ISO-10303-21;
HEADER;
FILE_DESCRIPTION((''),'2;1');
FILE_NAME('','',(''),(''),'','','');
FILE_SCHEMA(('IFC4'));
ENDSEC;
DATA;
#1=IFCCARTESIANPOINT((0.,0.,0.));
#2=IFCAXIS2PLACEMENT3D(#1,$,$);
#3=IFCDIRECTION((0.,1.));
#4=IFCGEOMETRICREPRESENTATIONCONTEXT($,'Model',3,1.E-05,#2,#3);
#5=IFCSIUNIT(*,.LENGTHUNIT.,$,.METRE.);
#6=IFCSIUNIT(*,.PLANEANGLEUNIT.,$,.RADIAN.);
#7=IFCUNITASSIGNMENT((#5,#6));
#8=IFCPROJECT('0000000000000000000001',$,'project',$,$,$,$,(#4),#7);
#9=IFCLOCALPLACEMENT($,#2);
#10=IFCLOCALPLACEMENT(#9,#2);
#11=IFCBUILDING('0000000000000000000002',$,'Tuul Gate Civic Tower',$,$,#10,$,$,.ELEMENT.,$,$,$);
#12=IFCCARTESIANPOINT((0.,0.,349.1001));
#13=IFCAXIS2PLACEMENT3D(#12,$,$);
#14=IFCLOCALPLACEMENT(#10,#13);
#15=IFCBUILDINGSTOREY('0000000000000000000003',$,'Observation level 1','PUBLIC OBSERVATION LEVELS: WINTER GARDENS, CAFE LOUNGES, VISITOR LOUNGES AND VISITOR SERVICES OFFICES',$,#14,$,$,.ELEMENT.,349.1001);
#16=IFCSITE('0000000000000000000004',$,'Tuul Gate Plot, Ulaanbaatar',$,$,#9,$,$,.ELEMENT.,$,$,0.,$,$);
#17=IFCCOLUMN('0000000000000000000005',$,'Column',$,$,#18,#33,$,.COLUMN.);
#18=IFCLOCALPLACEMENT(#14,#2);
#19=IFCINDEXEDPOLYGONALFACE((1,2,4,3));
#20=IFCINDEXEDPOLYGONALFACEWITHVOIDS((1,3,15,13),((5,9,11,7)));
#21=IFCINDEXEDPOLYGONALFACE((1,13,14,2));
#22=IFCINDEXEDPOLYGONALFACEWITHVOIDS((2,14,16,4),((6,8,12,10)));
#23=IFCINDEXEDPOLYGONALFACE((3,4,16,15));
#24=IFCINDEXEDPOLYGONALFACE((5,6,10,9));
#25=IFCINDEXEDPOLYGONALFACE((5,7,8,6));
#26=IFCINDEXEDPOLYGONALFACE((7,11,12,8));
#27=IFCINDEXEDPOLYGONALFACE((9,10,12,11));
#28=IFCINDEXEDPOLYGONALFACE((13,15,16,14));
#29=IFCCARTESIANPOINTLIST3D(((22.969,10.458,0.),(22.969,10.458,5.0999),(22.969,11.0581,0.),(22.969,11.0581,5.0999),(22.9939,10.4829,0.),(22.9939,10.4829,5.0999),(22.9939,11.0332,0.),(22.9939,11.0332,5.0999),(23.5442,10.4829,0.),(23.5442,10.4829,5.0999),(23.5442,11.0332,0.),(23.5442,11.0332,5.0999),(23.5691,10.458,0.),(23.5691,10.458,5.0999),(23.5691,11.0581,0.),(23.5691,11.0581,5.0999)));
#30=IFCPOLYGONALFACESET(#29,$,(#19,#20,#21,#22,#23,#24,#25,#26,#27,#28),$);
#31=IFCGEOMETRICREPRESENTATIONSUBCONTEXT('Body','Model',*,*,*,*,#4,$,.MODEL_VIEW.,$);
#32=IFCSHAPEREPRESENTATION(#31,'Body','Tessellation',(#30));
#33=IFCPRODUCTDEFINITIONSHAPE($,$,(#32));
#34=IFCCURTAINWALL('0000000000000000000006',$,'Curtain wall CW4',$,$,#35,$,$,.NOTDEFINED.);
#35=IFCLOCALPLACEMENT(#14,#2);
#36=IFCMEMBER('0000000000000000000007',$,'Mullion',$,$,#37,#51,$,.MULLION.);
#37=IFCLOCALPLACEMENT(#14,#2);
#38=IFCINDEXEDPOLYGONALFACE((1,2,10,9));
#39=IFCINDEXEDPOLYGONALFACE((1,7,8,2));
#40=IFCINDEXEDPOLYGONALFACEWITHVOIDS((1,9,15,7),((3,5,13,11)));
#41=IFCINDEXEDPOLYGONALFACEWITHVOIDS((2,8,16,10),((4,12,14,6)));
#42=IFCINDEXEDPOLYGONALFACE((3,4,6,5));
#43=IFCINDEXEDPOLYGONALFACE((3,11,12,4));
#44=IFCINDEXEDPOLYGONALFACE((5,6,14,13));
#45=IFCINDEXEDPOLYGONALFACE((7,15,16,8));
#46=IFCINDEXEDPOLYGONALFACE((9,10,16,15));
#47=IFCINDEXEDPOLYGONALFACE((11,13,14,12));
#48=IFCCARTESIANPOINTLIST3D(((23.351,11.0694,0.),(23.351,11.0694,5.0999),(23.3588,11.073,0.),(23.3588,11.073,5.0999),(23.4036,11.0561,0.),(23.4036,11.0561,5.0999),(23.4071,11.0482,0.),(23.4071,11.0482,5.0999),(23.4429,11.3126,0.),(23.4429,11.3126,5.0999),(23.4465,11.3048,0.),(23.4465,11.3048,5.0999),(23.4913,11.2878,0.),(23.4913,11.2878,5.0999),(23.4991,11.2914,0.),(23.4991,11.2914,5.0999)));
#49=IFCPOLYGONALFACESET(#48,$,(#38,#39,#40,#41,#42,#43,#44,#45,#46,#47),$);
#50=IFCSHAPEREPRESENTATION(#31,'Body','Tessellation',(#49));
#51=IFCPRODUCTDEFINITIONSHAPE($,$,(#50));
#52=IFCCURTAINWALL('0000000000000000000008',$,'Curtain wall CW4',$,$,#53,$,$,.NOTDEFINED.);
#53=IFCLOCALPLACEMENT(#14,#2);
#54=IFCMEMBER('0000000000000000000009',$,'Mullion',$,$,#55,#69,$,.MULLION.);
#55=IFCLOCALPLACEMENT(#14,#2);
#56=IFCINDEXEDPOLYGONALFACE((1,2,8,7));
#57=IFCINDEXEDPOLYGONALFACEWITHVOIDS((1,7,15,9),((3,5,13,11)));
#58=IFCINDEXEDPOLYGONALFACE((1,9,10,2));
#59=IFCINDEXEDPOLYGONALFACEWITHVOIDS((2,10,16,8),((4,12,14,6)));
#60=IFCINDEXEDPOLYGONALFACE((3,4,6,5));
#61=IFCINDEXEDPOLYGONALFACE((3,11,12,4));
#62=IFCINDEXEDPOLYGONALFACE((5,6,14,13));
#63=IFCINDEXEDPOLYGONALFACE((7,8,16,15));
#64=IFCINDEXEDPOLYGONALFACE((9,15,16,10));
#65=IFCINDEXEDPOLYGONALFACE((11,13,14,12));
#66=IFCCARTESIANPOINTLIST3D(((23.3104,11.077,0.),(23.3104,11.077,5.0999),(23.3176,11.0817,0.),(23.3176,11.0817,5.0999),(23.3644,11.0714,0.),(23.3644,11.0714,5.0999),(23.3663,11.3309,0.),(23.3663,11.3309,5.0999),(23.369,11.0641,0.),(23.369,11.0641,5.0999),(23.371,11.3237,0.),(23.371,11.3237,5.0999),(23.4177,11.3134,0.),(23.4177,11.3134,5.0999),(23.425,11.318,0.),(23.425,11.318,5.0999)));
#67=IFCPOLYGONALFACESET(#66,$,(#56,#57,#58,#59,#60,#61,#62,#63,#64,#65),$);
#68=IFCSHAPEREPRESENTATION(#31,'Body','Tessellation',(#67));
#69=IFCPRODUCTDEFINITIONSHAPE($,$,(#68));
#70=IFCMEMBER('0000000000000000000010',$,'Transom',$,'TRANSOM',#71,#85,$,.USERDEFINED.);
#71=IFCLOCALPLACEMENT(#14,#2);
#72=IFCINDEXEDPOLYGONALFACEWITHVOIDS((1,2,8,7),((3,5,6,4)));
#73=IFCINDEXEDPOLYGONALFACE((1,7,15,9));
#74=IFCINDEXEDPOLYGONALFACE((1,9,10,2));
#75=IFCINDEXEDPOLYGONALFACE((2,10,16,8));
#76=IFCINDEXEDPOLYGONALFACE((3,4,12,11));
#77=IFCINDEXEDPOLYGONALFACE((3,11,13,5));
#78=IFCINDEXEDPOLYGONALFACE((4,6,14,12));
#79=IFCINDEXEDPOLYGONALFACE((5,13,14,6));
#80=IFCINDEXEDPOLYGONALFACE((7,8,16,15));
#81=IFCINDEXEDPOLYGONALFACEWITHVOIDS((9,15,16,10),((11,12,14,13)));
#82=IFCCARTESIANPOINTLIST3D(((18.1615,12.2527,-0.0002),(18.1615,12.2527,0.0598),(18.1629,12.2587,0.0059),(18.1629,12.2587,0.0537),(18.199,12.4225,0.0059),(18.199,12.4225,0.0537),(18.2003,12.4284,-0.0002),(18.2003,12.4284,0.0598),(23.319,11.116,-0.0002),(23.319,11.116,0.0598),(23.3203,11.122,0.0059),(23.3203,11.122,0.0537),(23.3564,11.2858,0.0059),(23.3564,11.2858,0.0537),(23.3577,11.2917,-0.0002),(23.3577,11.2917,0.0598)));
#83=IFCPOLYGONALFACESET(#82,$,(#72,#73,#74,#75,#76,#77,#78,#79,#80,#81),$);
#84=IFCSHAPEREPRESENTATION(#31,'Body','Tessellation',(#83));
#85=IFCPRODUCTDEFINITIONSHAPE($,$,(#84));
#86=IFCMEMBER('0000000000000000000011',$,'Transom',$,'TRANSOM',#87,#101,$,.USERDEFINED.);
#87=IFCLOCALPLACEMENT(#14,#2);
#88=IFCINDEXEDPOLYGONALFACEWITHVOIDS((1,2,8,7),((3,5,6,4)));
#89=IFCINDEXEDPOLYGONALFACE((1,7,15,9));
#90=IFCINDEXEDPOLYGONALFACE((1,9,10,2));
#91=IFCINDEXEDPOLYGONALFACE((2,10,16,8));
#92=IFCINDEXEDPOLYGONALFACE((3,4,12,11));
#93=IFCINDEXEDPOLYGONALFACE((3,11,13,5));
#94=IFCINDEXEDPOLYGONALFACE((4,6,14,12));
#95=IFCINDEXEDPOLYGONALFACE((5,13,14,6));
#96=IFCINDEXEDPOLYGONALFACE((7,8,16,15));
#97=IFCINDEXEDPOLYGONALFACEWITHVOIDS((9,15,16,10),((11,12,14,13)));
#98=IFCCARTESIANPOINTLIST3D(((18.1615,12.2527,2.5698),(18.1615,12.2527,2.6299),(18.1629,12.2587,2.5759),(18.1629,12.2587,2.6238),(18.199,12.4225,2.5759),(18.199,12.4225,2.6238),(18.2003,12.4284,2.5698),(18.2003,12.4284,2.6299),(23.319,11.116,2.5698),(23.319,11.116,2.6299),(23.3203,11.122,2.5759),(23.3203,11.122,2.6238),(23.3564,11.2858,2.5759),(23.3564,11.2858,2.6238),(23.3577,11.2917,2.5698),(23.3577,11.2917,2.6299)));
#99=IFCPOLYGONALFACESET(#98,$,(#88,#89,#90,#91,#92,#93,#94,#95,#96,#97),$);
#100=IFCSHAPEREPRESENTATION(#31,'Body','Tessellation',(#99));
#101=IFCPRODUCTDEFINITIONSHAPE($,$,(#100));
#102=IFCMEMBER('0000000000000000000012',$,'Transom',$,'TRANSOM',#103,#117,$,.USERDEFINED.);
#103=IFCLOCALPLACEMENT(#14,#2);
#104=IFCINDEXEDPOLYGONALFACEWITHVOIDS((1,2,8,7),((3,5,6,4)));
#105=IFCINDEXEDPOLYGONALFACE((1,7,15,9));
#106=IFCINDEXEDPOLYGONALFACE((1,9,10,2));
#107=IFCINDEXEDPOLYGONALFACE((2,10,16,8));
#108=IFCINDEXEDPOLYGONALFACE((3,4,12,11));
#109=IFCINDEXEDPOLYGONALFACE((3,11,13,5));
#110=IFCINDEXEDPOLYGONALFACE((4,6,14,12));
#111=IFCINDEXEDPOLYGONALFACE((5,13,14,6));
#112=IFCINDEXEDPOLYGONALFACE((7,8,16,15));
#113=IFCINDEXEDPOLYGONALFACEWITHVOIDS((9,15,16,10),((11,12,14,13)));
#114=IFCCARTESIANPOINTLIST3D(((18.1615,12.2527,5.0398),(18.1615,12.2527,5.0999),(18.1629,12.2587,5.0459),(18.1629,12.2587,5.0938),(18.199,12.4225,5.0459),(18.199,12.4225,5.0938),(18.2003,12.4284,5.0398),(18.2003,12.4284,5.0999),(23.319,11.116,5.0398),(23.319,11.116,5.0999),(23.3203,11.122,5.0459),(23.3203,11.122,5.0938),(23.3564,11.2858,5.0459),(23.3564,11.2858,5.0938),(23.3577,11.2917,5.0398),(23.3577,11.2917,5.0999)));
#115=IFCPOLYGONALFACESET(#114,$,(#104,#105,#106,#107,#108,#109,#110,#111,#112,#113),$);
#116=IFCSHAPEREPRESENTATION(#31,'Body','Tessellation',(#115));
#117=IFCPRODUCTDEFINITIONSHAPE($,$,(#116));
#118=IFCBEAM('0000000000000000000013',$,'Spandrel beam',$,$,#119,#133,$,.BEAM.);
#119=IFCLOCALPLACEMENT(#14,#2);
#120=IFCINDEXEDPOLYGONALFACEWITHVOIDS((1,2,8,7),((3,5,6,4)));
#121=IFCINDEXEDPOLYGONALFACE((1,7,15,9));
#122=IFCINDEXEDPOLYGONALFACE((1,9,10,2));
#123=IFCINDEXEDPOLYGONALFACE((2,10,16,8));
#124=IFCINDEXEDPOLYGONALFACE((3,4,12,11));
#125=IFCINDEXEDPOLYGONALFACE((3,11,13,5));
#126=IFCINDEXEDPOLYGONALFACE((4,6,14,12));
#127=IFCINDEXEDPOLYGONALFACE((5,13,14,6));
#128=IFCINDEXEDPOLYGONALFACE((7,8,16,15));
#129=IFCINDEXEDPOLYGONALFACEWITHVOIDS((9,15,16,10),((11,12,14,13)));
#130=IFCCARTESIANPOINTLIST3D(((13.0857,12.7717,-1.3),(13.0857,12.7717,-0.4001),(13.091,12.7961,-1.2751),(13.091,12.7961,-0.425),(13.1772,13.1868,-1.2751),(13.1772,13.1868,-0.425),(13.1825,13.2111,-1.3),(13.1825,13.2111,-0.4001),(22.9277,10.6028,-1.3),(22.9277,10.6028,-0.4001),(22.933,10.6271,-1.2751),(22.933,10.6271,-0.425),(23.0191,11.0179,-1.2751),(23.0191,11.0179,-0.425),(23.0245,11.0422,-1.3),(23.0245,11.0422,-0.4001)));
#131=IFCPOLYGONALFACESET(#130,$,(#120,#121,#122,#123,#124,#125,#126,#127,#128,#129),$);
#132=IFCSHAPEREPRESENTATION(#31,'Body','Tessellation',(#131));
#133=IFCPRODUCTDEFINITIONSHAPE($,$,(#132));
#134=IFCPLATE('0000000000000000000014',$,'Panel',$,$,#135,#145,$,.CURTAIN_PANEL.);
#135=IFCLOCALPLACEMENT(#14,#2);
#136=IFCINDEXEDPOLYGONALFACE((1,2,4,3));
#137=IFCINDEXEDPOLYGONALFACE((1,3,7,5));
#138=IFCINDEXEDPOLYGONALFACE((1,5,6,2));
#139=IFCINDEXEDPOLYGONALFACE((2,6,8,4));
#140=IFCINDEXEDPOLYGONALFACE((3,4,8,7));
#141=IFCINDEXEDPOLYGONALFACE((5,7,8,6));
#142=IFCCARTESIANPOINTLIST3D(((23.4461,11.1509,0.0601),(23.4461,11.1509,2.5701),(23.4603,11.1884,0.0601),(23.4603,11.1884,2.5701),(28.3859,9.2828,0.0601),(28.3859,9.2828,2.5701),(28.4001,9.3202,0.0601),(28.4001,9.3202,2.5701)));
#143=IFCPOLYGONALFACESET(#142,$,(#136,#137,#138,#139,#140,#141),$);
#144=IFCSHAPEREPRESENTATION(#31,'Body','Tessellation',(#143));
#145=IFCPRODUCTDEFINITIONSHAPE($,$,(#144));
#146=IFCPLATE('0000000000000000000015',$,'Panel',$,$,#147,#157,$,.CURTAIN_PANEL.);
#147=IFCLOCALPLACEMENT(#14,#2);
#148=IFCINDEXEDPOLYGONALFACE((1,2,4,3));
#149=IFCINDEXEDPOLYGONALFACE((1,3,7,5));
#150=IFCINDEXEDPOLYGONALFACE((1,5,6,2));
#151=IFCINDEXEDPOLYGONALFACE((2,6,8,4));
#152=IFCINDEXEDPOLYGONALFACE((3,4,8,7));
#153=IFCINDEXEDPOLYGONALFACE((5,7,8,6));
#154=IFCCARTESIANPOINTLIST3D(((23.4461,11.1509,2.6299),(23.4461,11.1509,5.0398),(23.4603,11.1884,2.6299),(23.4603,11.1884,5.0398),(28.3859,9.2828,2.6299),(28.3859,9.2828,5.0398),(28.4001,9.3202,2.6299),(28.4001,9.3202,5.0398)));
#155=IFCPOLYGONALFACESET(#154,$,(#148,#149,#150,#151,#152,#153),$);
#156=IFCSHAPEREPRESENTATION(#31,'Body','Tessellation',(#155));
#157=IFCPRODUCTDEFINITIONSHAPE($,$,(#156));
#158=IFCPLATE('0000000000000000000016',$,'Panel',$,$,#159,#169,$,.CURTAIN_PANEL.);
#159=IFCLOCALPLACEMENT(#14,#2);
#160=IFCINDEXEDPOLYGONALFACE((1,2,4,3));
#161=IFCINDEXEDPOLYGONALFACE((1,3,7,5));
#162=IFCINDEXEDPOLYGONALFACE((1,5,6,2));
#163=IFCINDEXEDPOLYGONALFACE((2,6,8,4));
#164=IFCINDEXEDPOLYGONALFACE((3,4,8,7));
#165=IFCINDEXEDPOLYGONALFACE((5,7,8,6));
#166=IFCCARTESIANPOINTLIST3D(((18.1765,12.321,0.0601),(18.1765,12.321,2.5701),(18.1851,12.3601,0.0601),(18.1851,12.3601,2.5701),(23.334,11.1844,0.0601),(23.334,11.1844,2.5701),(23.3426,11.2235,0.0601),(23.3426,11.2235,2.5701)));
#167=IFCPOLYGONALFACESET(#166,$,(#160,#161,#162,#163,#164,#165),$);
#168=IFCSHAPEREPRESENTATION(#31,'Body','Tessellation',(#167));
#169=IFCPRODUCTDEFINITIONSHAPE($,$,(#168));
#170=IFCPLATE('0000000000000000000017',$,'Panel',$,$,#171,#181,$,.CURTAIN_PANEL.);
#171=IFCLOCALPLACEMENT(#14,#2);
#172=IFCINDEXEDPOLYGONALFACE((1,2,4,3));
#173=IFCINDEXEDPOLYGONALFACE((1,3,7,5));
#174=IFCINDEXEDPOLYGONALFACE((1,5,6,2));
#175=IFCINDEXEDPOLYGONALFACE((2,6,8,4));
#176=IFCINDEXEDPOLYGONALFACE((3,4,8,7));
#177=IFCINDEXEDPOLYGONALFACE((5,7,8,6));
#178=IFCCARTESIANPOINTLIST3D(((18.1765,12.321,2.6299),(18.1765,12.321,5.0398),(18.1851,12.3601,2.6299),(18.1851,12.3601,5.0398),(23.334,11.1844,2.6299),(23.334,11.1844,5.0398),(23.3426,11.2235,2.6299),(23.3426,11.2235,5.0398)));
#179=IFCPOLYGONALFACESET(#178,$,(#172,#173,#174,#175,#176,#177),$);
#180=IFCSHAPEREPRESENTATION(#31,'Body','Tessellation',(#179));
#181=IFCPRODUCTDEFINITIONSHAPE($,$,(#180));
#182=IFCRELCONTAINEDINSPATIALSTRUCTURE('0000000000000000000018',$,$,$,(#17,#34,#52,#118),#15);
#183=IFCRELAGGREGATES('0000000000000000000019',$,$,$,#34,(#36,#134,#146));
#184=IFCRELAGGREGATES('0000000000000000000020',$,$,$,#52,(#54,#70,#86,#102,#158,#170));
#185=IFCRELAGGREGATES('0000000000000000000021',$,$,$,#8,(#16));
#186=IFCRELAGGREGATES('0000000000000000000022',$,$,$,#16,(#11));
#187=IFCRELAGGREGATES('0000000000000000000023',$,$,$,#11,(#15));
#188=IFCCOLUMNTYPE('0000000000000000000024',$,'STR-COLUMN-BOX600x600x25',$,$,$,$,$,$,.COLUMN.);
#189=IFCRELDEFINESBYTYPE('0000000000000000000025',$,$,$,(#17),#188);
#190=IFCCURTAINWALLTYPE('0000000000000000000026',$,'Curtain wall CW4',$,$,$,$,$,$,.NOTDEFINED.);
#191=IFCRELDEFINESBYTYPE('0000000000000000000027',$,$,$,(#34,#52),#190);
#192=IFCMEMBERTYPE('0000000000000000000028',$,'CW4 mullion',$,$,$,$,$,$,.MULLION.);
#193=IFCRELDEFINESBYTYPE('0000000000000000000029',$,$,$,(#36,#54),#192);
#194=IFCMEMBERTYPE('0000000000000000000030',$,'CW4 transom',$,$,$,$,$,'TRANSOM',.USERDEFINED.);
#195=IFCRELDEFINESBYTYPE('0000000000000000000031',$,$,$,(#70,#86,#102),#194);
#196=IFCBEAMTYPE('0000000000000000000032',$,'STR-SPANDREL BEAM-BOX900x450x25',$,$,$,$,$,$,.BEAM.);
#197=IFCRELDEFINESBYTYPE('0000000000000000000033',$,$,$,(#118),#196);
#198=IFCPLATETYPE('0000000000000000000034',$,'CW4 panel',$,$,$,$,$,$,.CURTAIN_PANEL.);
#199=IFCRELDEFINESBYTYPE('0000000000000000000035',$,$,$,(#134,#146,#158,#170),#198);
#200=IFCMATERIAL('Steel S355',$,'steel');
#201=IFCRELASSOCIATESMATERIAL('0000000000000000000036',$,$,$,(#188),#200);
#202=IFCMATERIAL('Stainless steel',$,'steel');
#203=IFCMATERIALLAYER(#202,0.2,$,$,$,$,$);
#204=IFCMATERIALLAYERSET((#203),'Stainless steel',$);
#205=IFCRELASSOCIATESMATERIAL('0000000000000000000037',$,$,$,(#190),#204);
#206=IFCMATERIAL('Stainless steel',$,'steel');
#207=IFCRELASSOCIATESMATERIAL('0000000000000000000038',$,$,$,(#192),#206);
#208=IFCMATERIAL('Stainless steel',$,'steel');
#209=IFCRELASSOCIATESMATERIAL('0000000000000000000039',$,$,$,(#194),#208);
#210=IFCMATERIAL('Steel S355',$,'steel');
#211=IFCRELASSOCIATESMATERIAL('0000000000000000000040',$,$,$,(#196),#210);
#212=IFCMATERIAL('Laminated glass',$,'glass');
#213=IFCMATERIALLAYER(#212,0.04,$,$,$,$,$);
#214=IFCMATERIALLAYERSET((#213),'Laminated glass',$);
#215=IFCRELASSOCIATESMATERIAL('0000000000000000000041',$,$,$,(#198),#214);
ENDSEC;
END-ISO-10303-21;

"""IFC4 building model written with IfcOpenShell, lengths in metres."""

from ifc_helpers import new_model, si_unit, direction, frame, origin, origin_2d, place, context, subcontext, project, spatial, rectangle, hollow_rectangle, extrude, material, layer, layer_set, material_profile, profile_set, type_object, element, aggregate, save


model = new_model("IFC4")

# Units and contexts
model_context = context("Model", 3, precision=1e-05, world=origin(), true_north=direction((0.0, 1.0)))
body_context = subcontext(model_context, "Body", "Model", "MODEL_VIEW")
ifc_project = project(units=[si_unit("LENGTHUNIT", "METRE"), si_unit("PLANEANGLEUNIT", "RADIAN")], contexts=[model_context])

# Site, building, storey
site_placement = place(None, origin())
site = spatial("IfcSite", under=ifc_project, at=site_placement, Name="Tuul Gate Plot, Ulaanbaatar", CompositionType="ELEMENT", RefElevation=0.0)
building_placement = place(site_placement, origin())
building = spatial("IfcBuilding", under=site, at=building_placement, Name="Tuul Gate Civic Tower", CompositionType="ELEMENT")
storey_placement = place(building_placement, frame((0.0, 0.0, 349.1001)))
storey = spatial("IfcBuildingStorey", under=building, at=storey_placement, Name="Observation level 1", Description="PUBLIC OBSERVATION LEVELS: WINTER GARDENS, CAFE LOUNGES, VISITOR LOUNGES AND VISITOR SERVICES OFFICES", CompositionType="ELEMENT", Elevation=349.1001)

# Column
ifc_material_1 = material(Name="Steel S355", Category="steel")
ifc_material_profile_1 = material_profile(ifc_material_1, hollow_rectangle(XDim=0.6001, YDim=0.6001, WallThickness=0.0249, at=origin_2d()), Name="BOX600x600x25")
ifc_profile_set_1 = profile_set([ifc_material_profile_1], Name="Steel S355")
column_type = type_object("IfcColumnType", Name="STR-COLUMN-BOX600x600x25", PredefinedType="COLUMN", material=ifc_profile_set_1)
column_placement = place(storey_placement, frame((23.269, 10.7581, 0.0), z_axis=(0.0, 0.0, 1.0), x_axis=(1.0, 0.0, 0.0)))
element("IfcColumn", 1, at=column_placement, inside=storey, type_object=column_type, Name="Column", PredefinedType="COLUMN", context=body_context, shape_type="SweptSolid", body=[
    extrude(hollow_rectangle(XDim=0.6001, YDim=0.6001, WallThickness=0.0249, at=origin_2d()), origin(), (0.0, 0.0, 1.0), 5.0999),
])

# Curtain wall, member
ifc_material_2 = material(Name="Stainless steel", Category="steel")
ifc_layer_1 = layer(ifc_material_2, 0.2)
ifc_layer_set_1 = layer_set([ifc_layer_1], Name="Stainless steel")
curtain_wall_type = type_object("IfcCurtainWallType", Name="Curtain wall CW4", PredefinedType="NOTDEFINED", material=ifc_layer_set_1)
curtain_wall_1_placement = place(storey_placement, origin())
curtain_wall_1 = element("IfcCurtainWall", 2, at=curtain_wall_1_placement, inside=storey, type_object=curtain_wall_type, Name="Curtain wall CW4", PredefinedType="NOTDEFINED")
ifc_material_3 = material(Name="Stainless steel", Category="steel")
ifc_material_profile_2 = material_profile(ifc_material_3, hollow_rectangle(XDim=0.26, YDim=0.0601, WallThickness=0.0061, at=origin_2d()), Name="CW4 mullion")
ifc_profile_set_2 = profile_set([ifc_material_profile_2], Name="Stainless steel")
member_type_1 = type_object("IfcMemberType", Name="CW4 mullion", PredefinedType="MULLION", material=ifc_profile_set_2)
member_1_placement = place(storey_placement, frame((23.425, 11.1804, 0.0), z_axis=(0.0, 0.0, 1.0), x_axis=(-0.353734, -0.935346, 0.0)))
member_1 = element("IfcMember", 3, at=member_1_placement, type_object=member_type_1, Name="Mullion", PredefinedType="MULLION", context=body_context, shape_type="SweptSolid", body=[
    extrude(hollow_rectangle(XDim=0.26, YDim=0.0601, WallThickness=0.0061, at=origin_2d()), origin(), (0.0, 0.0, 1.0), 5.0999),
])

# Curtain wall, members
curtain_wall_2_placement = place(storey_placement, origin())
curtain_wall_2 = element("IfcCurtainWall", 4, at=curtain_wall_2_placement, inside=storey, type_object=curtain_wall_type, Name="Curtain wall CW4", PredefinedType="NOTDEFINED")
member_2_placement = place(storey_placement, frame((23.3677, 11.1975, 0.0), z_axis=(0.0, 0.0, 1.0), x_axis=(-0.215215, -0.976567, 0.0)))
member_2 = element("IfcMember", 5, at=member_2_placement, type_object=member_type_1, Name="Mullion", PredefinedType="MULLION", context=body_context, shape_type="SweptSolid", body=[
    extrude(hollow_rectangle(XDim=0.26, YDim=0.0601, WallThickness=0.0061, at=origin_2d()), origin(), (0.0, 0.0, 1.0), 5.0999),
])
ifc_material_4 = material(Name="Stainless steel", Category="steel")
ifc_material_profile_3 = material_profile(ifc_material_4, hollow_rectangle(XDim=0.1799, YDim=0.0601, WallThickness=0.0061, at=origin_2d()), Name="CW4 transom")
ifc_profile_set_3 = profile_set([ifc_material_profile_3], Name="Stainless steel")
member_type_2 = type_object("IfcMemberType", Name="CW4 transom", ElementType="TRANSOM", PredefinedType="USERDEFINED", material=ifc_profile_set_3)
member_3_placement = place(storey_placement, frame((23.3384, 11.2039, 0.0298), z_axis=(-0.976562, 0.215237, 0.0), x_axis=(-0.215237, -0.976562, 0.0)))
member_3 = element("IfcMember", 6, at=member_3_placement, type_object=member_type_2, Name="Transom", ObjectType="TRANSOM", PredefinedType="USERDEFINED", context=body_context, shape_type="SweptSolid", body=[
    extrude(hollow_rectangle(XDim=0.1799, YDim=0.0601, WallThickness=0.0061, at=origin_2d()), origin(), (0.0, 0.0, 1.0), 5.2812),
])
member_4_placement = place(storey_placement, frame((23.3384, 11.2039, 2.5999), z_axis=(-0.976562, 0.215237, 0.0), x_axis=(-0.215237, -0.976562, 0.0)))
member_4 = element("IfcMember", 7, at=member_4_placement, type_object=member_type_2, Name="Transom", ObjectType="TRANSOM", PredefinedType="USERDEFINED", context=body_context, shape_type="SweptSolid", body=[
    extrude(hollow_rectangle(XDim=0.1799, YDim=0.0601, WallThickness=0.0061, at=origin_2d()), origin(), (0.0, 0.0, 1.0), 5.2812),
])
member_5_placement = place(storey_placement, frame((23.3384, 11.2039, 5.0698), z_axis=(-0.976562, 0.215237, 0.0), x_axis=(-0.215237, -0.976562, 0.0)))
member_5 = element("IfcMember", 8, at=member_5_placement, type_object=member_type_2, Name="Transom", ObjectType="TRANSOM", PredefinedType="USERDEFINED", context=body_context, shape_type="SweptSolid", body=[
    extrude(hollow_rectangle(XDim=0.1799, YDim=0.0601, WallThickness=0.0061, at=origin_2d()), origin(), (0.0, 0.0, 1.0), 5.2812),
])

# Beam
ifc_material_5 = material(Name="Steel S355", Category="steel")
ifc_material_profile_4 = material_profile(ifc_material_5, hollow_rectangle(XDim=0.45, YDim=0.8999, WallThickness=0.0249, at=origin_2d()), Name="BOX900x450x25")
ifc_profile_set_4 = profile_set([ifc_material_profile_4], Name="Steel S355")
beam_type = type_object("IfcBeamType", Name="STR-SPANDREL BEAM-BOX900x450x25", PredefinedType="BEAM", material=ifc_profile_set_4)
beam_placement = place(storey_placement, frame((22.9761, 10.8225, -0.8501), z_axis=(-0.976567, 0.215212, 0.0), x_axis=(-0.215212, -0.976567, 0.0)))
element("IfcBeam", 9, at=beam_placement, inside=storey, type_object=beam_type, Name="Spandrel beam", PredefinedType="BEAM", context=body_context, shape_type="SweptSolid", body=[
    extrude(hollow_rectangle(XDim=0.45, YDim=0.8999, WallThickness=0.0249, at=origin_2d()), origin(), (0.0, 0.0, 1.0), 10.0781),
])

# Plates
ifc_material_6 = material(Name="Laminated glass", Category="glass")
ifc_layer_2 = layer(ifc_material_6, 0.04)
ifc_layer_set_2 = layer_set([ifc_layer_2], Name="Laminated glass")
plate_type = type_object("IfcPlateType", Name="CW4 panel", PredefinedType="CURTAIN_PANEL", material=ifc_layer_set_2)
plate_1_placement = place(storey_placement, frame((25.9231, 10.2356, 0.0601), z_axis=(0.0, 0.0, 1.0), x_axis=(-0.935346, 0.353734, 0.0)))
plate_1 = element("IfcPlate", 10, at=plate_1_placement, type_object=plate_type, Name="Panel", PredefinedType="CURTAIN_PANEL", context=body_context, shape_type="SweptSolid", body=[
    extrude(rectangle(XDim=5.2812, YDim=0.04, at=origin_2d()), origin(), (0.0, 0.0, 1.0), 2.51),
])
plate_2_placement = place(storey_placement, frame((25.9231, 10.2356, 2.6299), z_axis=(0.0, 0.0, 1.0), x_axis=(-0.935346, 0.353734, 0.0)))
plate_2 = element("IfcPlate", 11, at=plate_2_placement, type_object=plate_type, Name="Panel", PredefinedType="CURTAIN_PANEL", context=body_context, shape_type="SweptSolid", body=[
    extrude(rectangle(XDim=5.2812, YDim=0.04, at=origin_2d()), origin(), (0.0, 0.0, 1.0), 2.4099),
])
aggregate(curtain_wall_1, [member_1, plate_1, plate_2])
plate_3_placement = place(storey_placement, frame((20.7595, 11.7722, 0.0601), z_axis=(0.0, 0.0, 1.0), x_axis=(-0.976567, 0.215215, 0.0)))
plate_3 = element("IfcPlate", 12, at=plate_3_placement, type_object=plate_type, Name="Panel", PredefinedType="CURTAIN_PANEL", context=body_context, shape_type="SweptSolid", body=[
    extrude(rectangle(XDim=5.2812, YDim=0.04, at=origin_2d()), origin(), (0.0, 0.0, 1.0), 2.51),
])
plate_4_placement = place(storey_placement, frame((20.7595, 11.7722, 2.6299), z_axis=(0.0, 0.0, 1.0), x_axis=(-0.976567, 0.215215, 0.0)))
plate_4 = element("IfcPlate", 13, at=plate_4_placement, type_object=plate_type, Name="Panel", PredefinedType="CURTAIN_PANEL", context=body_context, shape_type="SweptSolid", body=[
    extrude(rectangle(XDim=5.2812, YDim=0.04, at=origin_2d()), origin(), (0.0, 0.0, 1.0), 2.4099),
])
aggregate(curtain_wall_2, [member_2, member_3, member_4, member_5, plate_3, plate_4])

save(model, "model.ifc")
